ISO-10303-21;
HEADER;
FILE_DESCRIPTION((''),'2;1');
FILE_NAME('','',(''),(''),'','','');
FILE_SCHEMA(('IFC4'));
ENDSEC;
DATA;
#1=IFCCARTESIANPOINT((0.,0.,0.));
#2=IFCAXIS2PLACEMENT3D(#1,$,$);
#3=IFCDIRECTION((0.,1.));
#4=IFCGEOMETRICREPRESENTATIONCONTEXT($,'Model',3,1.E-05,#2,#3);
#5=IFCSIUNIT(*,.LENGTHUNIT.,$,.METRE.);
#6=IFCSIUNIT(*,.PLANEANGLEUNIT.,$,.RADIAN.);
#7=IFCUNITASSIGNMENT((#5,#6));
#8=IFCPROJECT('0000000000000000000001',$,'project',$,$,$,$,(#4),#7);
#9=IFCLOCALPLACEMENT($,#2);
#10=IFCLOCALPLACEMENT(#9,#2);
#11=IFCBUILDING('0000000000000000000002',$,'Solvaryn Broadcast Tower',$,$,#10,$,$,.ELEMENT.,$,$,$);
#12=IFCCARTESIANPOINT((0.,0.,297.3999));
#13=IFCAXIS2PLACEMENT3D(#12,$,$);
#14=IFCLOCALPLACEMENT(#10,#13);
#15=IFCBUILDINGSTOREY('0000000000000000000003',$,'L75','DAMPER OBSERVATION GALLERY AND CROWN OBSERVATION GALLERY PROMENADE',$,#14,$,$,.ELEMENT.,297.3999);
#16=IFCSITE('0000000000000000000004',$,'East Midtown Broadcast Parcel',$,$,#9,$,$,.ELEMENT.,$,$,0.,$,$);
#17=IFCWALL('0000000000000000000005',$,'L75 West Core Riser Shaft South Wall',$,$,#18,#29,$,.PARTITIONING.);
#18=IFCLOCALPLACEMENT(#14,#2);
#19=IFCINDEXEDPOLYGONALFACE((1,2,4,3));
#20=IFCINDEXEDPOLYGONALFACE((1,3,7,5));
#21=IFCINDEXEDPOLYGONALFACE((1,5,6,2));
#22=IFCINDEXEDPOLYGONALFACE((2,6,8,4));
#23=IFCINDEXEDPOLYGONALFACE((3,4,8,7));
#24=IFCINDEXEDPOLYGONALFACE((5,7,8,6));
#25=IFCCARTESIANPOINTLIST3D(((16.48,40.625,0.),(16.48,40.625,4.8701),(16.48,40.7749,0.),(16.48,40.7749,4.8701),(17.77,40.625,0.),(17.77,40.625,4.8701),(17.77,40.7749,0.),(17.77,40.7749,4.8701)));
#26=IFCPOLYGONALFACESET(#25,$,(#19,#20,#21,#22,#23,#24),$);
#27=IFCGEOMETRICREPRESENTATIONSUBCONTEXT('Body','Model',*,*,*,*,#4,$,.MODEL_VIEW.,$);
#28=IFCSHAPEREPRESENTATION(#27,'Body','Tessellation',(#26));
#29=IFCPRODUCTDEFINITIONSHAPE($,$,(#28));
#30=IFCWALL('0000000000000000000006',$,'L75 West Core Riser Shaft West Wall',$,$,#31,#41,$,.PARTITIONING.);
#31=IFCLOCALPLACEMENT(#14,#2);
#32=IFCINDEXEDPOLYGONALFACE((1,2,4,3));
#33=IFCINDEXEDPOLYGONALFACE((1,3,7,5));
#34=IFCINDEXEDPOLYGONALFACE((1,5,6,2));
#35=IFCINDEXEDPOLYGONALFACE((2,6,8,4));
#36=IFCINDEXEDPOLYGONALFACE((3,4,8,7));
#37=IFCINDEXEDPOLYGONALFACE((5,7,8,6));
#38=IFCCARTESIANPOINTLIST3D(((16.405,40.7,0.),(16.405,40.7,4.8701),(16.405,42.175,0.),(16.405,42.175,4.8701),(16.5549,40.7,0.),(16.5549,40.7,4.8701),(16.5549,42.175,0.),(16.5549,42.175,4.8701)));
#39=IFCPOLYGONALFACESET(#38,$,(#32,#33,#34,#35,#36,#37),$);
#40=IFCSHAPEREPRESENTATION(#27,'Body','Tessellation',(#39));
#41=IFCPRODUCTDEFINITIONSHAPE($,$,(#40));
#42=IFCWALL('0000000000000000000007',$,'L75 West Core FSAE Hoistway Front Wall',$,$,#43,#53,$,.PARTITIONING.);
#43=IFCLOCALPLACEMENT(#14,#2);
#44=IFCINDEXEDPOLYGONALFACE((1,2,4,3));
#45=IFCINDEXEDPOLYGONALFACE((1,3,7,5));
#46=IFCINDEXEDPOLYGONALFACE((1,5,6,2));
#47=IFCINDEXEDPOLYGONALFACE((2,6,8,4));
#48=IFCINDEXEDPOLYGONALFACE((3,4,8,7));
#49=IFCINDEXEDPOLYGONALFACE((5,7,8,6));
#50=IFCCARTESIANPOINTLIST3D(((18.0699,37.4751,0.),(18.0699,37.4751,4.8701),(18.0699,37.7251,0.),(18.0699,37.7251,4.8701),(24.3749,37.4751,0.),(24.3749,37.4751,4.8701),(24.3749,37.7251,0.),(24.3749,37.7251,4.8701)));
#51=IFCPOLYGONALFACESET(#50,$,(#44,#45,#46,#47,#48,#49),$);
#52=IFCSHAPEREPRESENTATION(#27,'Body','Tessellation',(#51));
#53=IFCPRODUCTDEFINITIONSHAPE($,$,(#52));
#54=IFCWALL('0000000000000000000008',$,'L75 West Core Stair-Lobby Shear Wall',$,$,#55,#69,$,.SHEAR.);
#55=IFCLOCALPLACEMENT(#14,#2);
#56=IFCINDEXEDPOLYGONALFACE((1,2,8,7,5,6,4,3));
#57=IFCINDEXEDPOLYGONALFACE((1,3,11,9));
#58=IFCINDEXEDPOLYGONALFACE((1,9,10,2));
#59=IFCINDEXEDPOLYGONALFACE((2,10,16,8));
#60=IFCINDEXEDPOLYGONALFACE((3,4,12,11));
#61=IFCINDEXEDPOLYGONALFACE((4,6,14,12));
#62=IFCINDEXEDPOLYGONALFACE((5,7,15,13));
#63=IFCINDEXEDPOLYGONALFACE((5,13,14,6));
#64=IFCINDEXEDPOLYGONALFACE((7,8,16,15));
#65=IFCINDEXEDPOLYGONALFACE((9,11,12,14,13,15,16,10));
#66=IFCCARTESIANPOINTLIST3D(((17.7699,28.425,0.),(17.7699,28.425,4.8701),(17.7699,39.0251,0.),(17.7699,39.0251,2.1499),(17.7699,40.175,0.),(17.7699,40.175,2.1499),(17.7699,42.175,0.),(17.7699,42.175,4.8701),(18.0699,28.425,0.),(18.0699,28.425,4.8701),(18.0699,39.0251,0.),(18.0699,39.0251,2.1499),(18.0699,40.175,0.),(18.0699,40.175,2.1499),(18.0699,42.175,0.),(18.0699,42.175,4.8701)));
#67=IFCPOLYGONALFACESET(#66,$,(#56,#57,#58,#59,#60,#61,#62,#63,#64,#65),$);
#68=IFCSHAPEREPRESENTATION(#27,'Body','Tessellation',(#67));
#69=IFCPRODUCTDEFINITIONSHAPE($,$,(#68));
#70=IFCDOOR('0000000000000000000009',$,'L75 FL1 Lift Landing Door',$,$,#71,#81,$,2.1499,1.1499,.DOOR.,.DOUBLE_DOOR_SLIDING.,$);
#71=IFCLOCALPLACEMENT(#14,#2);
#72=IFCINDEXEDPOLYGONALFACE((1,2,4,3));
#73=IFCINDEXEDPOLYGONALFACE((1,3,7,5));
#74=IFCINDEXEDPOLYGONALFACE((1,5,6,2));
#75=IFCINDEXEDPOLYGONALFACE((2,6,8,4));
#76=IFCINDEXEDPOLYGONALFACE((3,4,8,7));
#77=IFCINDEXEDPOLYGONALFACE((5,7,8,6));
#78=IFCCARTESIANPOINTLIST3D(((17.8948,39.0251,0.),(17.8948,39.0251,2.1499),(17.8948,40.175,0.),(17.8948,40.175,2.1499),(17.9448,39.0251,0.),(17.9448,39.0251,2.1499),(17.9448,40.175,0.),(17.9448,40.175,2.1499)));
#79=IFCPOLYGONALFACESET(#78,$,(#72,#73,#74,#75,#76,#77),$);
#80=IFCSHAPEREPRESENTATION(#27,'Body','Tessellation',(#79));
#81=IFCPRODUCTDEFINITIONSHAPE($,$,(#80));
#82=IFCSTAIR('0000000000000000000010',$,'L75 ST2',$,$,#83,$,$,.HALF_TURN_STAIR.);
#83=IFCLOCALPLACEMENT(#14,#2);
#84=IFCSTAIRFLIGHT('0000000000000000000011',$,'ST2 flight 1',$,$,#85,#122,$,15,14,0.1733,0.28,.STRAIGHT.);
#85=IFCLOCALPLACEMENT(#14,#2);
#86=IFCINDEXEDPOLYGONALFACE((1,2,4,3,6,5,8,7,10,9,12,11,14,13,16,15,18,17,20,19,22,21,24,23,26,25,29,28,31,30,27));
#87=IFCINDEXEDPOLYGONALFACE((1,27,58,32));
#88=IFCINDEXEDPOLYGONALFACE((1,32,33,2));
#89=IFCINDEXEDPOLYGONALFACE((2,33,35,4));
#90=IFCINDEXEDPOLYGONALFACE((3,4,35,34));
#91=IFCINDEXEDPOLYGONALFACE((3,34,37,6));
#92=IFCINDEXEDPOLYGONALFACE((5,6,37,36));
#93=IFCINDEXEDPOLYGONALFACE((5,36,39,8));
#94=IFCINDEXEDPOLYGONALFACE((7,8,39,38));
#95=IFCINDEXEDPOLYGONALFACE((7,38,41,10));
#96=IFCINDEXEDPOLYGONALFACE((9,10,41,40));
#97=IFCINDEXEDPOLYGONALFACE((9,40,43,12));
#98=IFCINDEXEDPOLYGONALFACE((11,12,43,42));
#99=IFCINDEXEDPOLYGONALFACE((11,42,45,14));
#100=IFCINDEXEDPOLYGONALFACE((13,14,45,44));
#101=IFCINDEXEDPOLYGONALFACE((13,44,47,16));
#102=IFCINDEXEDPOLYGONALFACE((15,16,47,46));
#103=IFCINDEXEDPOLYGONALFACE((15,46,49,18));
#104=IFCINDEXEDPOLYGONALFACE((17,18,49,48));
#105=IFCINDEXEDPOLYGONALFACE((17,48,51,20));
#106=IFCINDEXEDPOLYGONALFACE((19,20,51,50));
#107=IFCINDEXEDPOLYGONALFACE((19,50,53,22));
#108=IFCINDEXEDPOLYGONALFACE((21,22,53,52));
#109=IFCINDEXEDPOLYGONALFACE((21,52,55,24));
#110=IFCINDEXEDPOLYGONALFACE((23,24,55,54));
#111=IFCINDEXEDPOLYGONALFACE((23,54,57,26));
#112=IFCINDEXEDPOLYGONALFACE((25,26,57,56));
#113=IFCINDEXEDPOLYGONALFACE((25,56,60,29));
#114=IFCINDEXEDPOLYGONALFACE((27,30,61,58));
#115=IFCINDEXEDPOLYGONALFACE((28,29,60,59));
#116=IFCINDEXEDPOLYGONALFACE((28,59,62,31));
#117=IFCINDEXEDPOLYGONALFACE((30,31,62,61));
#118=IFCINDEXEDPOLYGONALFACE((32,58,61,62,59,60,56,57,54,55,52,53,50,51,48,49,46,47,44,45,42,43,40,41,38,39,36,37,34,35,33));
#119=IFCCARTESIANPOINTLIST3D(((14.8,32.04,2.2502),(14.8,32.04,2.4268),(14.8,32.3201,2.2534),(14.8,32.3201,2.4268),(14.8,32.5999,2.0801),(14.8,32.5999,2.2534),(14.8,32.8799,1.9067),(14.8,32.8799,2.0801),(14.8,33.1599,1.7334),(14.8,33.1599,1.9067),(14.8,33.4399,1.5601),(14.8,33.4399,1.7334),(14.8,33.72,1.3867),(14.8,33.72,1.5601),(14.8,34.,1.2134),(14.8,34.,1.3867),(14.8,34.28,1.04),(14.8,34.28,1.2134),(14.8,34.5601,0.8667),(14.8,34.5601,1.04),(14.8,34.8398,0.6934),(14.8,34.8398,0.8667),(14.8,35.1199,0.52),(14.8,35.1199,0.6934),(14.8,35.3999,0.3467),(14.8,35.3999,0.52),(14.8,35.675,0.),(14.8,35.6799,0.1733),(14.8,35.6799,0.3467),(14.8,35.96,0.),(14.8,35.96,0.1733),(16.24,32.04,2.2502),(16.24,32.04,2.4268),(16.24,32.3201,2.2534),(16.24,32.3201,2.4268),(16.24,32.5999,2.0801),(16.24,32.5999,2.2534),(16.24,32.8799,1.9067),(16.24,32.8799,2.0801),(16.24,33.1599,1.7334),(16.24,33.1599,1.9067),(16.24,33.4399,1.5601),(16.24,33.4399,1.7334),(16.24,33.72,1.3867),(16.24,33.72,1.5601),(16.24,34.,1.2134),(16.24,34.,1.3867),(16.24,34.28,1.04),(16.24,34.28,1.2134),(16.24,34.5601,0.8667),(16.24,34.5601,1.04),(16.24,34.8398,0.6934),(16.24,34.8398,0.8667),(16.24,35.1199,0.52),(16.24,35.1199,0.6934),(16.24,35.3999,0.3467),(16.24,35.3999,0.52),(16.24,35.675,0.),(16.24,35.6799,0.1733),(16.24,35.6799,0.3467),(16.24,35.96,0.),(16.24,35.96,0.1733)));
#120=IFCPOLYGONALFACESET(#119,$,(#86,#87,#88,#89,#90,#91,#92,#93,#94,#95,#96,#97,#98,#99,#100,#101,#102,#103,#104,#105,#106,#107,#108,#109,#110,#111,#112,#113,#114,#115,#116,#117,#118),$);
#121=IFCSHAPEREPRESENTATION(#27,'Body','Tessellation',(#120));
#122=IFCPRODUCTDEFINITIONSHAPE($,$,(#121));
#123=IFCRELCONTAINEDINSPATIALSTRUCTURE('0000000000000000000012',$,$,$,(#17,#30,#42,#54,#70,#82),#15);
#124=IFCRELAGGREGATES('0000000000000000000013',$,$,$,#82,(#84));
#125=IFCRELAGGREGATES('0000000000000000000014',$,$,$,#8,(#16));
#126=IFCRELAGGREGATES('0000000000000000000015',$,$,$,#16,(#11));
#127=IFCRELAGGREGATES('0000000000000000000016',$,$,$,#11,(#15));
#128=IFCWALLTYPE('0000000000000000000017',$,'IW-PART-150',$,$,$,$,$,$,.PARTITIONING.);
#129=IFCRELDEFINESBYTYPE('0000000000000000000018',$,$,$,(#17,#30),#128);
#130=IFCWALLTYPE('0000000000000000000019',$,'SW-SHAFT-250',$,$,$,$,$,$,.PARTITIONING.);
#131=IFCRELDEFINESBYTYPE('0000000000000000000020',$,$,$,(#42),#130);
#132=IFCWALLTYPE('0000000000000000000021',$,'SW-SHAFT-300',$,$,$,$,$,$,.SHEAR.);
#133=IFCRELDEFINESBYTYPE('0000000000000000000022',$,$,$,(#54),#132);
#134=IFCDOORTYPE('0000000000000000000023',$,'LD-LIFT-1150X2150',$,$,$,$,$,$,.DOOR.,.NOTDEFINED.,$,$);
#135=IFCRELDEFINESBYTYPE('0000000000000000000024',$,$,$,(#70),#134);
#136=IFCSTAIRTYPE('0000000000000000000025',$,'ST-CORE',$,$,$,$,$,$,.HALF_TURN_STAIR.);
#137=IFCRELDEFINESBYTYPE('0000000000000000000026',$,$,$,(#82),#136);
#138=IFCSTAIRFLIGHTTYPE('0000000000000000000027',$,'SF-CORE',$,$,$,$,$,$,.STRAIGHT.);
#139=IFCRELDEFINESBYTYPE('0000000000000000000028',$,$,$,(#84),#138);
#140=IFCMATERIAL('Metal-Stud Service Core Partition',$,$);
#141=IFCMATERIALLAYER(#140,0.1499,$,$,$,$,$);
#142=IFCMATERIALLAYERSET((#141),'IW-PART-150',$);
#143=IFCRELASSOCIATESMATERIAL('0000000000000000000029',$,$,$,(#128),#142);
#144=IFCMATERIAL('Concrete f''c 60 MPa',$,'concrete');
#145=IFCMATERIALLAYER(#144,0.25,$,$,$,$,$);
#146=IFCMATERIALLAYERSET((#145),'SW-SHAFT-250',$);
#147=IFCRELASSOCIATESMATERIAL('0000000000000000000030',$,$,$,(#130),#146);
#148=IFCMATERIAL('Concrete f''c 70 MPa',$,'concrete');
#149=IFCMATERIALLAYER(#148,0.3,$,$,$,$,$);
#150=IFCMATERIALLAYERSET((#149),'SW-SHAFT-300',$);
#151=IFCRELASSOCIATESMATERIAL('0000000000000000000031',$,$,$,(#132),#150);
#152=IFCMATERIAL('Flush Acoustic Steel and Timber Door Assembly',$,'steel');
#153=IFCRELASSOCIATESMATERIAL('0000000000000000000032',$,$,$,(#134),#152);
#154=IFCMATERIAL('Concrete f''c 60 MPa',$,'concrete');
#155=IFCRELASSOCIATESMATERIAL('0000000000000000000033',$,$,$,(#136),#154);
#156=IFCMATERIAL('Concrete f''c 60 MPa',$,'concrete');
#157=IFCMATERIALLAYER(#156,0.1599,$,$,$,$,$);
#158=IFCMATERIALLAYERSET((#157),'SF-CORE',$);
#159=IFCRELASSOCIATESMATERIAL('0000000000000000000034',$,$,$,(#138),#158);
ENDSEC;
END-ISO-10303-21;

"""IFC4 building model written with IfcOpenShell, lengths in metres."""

from ifc_helpers import new_model, si_unit, direction, frame, frame_2d, origin, place, context, subcontext, project, spatial, polyline, rectangle, outline, extrude, material, layer, layer_set, type_object, element, fill, aggregate, save


model = new_model("IFC4")

# Units and contexts
model_context = context("Model", 3, precision=1e-05, world=origin(), true_north=direction((0.0, 1.0)))
body_context = subcontext(model_context, "Body", "Model", "MODEL_VIEW")
ifc_project = project(units=[si_unit("LENGTHUNIT", "METRE"), si_unit("PLANEANGLEUNIT", "RADIAN")], contexts=[model_context])

# Site, building, storey
site_placement = place(None, origin())
site = spatial("IfcSite", under=ifc_project, at=site_placement, Name="East Midtown Broadcast Parcel", CompositionType="ELEMENT", RefElevation=0.0)
building_placement = place(site_placement, origin())
building = spatial("IfcBuilding", under=site, at=building_placement, Name="Solvaryn Broadcast Tower", CompositionType="ELEMENT")
storey_placement = place(building_placement, frame((0.0, 0.0, 297.3999)))
storey = spatial("IfcBuildingStorey", under=building, at=storey_placement, Name="L75", Description="DAMPER OBSERVATION GALLERY AND CROWN OBSERVATION GALLERY PROMENADE", CompositionType="ELEMENT", Elevation=297.3999)

# Walls
ifc_material_1 = material(Name="Metal-Stud Service Core Partition")
ifc_layer_1 = layer(ifc_material_1, 0.1499)
ifc_layer_set_1 = layer_set([ifc_layer_1], Name="IW-PART-150")
wall_type_1 = type_object("IfcWallType", Name="IW-PART-150", PredefinedType="PARTITIONING", material=ifc_layer_set_1)
wall_1_placement = place(storey_placement, frame((16.48, 40.7, 0.0), z_axis=(0.0, 0.0, 1.0), x_axis=(1.0, 0.0, 0.0)))
element("IfcWall", 1, at=wall_1_placement, inside=storey, type_object=wall_type_1, Name="L75 West Core Riser Shaft South Wall", PredefinedType="PARTITIONING", context=body_context, shape_type="SweptSolid", body=[
    extrude(rectangle(XDim=1.29, YDim=0.1499, at=frame_2d((0.645, 0.0))), origin(), (0.0, 0.0, 1.0), 4.8701),
])
wall_2_placement = place(storey_placement, frame((16.48, 40.7, 0.0), z_axis=(0.0, 0.0, 1.0), x_axis=(0.0, 1.0, 0.0)))
element("IfcWall", 2, at=wall_2_placement, inside=storey, type_object=wall_type_1, Name="L75 West Core Riser Shaft West Wall", PredefinedType="PARTITIONING", context=body_context, shape_type="SweptSolid", body=[
    extrude(rectangle(XDim=1.4751, YDim=0.1499, at=frame_2d((0.7375, 0.0))), origin(), (0.0, 0.0, 1.0), 4.8701),
])
ifc_material_2 = material(Name="Concrete f'c 60 MPa", Category="concrete")
ifc_layer_2 = layer(ifc_material_2, 0.25)
ifc_layer_set_2 = layer_set([ifc_layer_2], Name="SW-SHAFT-250")
wall_type_2 = type_object("IfcWallType", Name="SW-SHAFT-250", PredefinedType="PARTITIONING", material=ifc_layer_set_2)
wall_3_placement = place(storey_placement, frame((18.0701, 37.6001, 0.0), z_axis=(0.0, 0.0, 1.0), x_axis=(1.0, 0.0, 0.0)))
element("IfcWall", 3, at=wall_3_placement, inside=storey, type_object=wall_type_2, Name="L75 West Core FSAE Hoistway Front Wall", PredefinedType="PARTITIONING", context=body_context, shape_type="SweptSolid", body=[
    extrude(rectangle(XDim=6.3049, YDim=0.25, at=frame_2d((3.1523, 0.0))), origin(), (0.0, 0.0, 1.0), 4.8701),
])

# Wall, opening, door
ifc_material_3 = material(Name="Concrete f'c 70 MPa", Category="concrete")
ifc_layer_3 = layer(ifc_material_3, 0.3)
ifc_layer_set_3 = layer_set([ifc_layer_3], Name="SW-SHAFT-300")
wall_type_3 = type_object("IfcWallType", Name="SW-SHAFT-300", PredefinedType="SHEAR", material=ifc_layer_set_3)
wall_4_placement = place(storey_placement, frame((17.9199, 42.175, 0.0), z_axis=(0.0, 0.0, 1.0), x_axis=(0.0, -1.0, 0.0)))
wall_4 = element("IfcWall", 4, at=wall_4_placement, inside=storey, type_object=wall_type_3, Name="L75 West Core Stair-Lobby Shear Wall", PredefinedType="SHEAR", context=body_context, shape_type="SweptSolid", body=[
    extrude(rectangle(XDim=13.75, YDim=0.3, at=frame_2d((6.875, 0.0))), origin(), (0.0, 0.0, 1.0), 4.8701),
])
opening_1_placement = place(wall_4_placement, frame((2.0, 0.0, 0.0)))
opening_1 = element("IfcOpeningElement", 5, at=opening_1_placement, cuts=wall_4, PredefinedType="OPENING", context=body_context, shape_type="SweptSolid", body=[
    extrude(rectangle(XDim=1.1499, YDim=2.1499, at=frame_2d((0.575, 1.075))), frame((0.0, 0.1599, 0.0), z_axis=(0.0, -1.0, 0.0), x_axis=(1.0, 0.0, 0.0)), (0.0, 0.0, 1.0), 0.3201),
])
ifc_material_4 = material(Name="Flush Acoustic Steel and Timber Door Assembly", Category="steel")
door_type_1 = type_object("IfcDoorType", Name="LD-LIFT-1150X2150", OperationType="NOTDEFINED", PredefinedType="DOOR", material=ifc_material_4)
door_1_placement = place(opening_1_placement, origin())
door_1 = element("IfcDoor", 6, at=door_1_placement, inside=storey, type_object=door_type_1, Name="L75 FL1 Lift Landing Door", OperationType="DOUBLE_DOOR_SLIDING", OverallHeight=2.1499, OverallWidth=1.1499, PredefinedType="DOOR", context=body_context, shape_type="SweptSolid", body=[
    extrude(rectangle(XDim=1.1499, YDim=2.1499, at=frame_2d((0.575, 1.075))), frame((0.0, 0.0249, 0.0), z_axis=(0.0, -1.0, 0.0), x_axis=(1.0, 0.0, 0.0)), (0.0, 0.0, 1.0), 0.05),
])
fill(opening_1, door_1)

# Stair, stair flight
ifc_material_5 = material(Name="Concrete f'c 60 MPa", Category="concrete")
stair_type = type_object("IfcStairType", Name="ST-CORE", PredefinedType="HALF_TURN_STAIR", material=ifc_material_5)
stair_placement = place(storey_placement, origin())
stair = element("IfcStair", 7, at=stair_placement, inside=storey, type_object=stair_type, Name="L75 ST2", PredefinedType="HALF_TURN_STAIR")
ifc_material_6 = material(Name="Concrete f'c 60 MPa", Category="concrete")
ifc_layer_4 = layer(ifc_material_6, 0.1599)
ifc_layer_set_4 = layer_set([ifc_layer_4], Name="SF-CORE")
stair_flight_type = type_object("IfcStairFlightType", Name="SF-CORE", PredefinedType="STRAIGHT", material=ifc_layer_set_4)
stair_flight_placement = place(storey_placement, frame((15.52, 35.96, 0.0), z_axis=(0.0, 0.0, 1.0), x_axis=(0.0, -1.0, 0.0)))
stair_flight = element("IfcStairFlight", 8, at=stair_flight_placement, type_object=stair_flight_type, Name="ST2 flight 1", NumberOfRisers=15, NumberOfTreads=14, PredefinedType="STRAIGHT", RiserHeight=0.1733, TreadLength=0.28, context=body_context, shape_type="SweptSolid", body=[
    extrude(outline(polyline([(0.0, 0.0), (0.0, 0.1733), (0.28, 0.1733), (0.28, 0.3467), (0.5601, 0.3467), (0.5601, 0.52), (0.8401, 0.52), (0.8401, 0.6934), (1.1201, 0.6934), (1.1201, 0.8667), (1.3999, 0.8667), (1.3999, 1.04), (1.6799, 1.04), (1.6799, 1.2134), (1.96, 1.2134), (1.96, 1.3867), (2.24, 1.3867), (2.24, 1.5601), (2.52, 1.5601), (2.52, 1.7334), (2.8, 1.7334), (2.8, 1.9067), (3.0801, 1.9067), (3.0801, 2.0801), (3.3601, 2.0801), (3.3601, 2.2534), (3.6399, 2.2534), (3.6399, 2.4268), (3.9199, 2.4268), (3.9199, 2.6001), (3.9199, 2.2502), (0.2849, 0.0), (0.0, 0.0)])), frame((0.0, 0.72, 0.0), z_axis=(0.0, -1.0, 0.0), x_axis=(1.0, 0.0, 0.0)), (0.0, 0.0, 1.0), 1.4399),
])
aggregate(stair, [stair_flight])

save(model, "model.ifc")
